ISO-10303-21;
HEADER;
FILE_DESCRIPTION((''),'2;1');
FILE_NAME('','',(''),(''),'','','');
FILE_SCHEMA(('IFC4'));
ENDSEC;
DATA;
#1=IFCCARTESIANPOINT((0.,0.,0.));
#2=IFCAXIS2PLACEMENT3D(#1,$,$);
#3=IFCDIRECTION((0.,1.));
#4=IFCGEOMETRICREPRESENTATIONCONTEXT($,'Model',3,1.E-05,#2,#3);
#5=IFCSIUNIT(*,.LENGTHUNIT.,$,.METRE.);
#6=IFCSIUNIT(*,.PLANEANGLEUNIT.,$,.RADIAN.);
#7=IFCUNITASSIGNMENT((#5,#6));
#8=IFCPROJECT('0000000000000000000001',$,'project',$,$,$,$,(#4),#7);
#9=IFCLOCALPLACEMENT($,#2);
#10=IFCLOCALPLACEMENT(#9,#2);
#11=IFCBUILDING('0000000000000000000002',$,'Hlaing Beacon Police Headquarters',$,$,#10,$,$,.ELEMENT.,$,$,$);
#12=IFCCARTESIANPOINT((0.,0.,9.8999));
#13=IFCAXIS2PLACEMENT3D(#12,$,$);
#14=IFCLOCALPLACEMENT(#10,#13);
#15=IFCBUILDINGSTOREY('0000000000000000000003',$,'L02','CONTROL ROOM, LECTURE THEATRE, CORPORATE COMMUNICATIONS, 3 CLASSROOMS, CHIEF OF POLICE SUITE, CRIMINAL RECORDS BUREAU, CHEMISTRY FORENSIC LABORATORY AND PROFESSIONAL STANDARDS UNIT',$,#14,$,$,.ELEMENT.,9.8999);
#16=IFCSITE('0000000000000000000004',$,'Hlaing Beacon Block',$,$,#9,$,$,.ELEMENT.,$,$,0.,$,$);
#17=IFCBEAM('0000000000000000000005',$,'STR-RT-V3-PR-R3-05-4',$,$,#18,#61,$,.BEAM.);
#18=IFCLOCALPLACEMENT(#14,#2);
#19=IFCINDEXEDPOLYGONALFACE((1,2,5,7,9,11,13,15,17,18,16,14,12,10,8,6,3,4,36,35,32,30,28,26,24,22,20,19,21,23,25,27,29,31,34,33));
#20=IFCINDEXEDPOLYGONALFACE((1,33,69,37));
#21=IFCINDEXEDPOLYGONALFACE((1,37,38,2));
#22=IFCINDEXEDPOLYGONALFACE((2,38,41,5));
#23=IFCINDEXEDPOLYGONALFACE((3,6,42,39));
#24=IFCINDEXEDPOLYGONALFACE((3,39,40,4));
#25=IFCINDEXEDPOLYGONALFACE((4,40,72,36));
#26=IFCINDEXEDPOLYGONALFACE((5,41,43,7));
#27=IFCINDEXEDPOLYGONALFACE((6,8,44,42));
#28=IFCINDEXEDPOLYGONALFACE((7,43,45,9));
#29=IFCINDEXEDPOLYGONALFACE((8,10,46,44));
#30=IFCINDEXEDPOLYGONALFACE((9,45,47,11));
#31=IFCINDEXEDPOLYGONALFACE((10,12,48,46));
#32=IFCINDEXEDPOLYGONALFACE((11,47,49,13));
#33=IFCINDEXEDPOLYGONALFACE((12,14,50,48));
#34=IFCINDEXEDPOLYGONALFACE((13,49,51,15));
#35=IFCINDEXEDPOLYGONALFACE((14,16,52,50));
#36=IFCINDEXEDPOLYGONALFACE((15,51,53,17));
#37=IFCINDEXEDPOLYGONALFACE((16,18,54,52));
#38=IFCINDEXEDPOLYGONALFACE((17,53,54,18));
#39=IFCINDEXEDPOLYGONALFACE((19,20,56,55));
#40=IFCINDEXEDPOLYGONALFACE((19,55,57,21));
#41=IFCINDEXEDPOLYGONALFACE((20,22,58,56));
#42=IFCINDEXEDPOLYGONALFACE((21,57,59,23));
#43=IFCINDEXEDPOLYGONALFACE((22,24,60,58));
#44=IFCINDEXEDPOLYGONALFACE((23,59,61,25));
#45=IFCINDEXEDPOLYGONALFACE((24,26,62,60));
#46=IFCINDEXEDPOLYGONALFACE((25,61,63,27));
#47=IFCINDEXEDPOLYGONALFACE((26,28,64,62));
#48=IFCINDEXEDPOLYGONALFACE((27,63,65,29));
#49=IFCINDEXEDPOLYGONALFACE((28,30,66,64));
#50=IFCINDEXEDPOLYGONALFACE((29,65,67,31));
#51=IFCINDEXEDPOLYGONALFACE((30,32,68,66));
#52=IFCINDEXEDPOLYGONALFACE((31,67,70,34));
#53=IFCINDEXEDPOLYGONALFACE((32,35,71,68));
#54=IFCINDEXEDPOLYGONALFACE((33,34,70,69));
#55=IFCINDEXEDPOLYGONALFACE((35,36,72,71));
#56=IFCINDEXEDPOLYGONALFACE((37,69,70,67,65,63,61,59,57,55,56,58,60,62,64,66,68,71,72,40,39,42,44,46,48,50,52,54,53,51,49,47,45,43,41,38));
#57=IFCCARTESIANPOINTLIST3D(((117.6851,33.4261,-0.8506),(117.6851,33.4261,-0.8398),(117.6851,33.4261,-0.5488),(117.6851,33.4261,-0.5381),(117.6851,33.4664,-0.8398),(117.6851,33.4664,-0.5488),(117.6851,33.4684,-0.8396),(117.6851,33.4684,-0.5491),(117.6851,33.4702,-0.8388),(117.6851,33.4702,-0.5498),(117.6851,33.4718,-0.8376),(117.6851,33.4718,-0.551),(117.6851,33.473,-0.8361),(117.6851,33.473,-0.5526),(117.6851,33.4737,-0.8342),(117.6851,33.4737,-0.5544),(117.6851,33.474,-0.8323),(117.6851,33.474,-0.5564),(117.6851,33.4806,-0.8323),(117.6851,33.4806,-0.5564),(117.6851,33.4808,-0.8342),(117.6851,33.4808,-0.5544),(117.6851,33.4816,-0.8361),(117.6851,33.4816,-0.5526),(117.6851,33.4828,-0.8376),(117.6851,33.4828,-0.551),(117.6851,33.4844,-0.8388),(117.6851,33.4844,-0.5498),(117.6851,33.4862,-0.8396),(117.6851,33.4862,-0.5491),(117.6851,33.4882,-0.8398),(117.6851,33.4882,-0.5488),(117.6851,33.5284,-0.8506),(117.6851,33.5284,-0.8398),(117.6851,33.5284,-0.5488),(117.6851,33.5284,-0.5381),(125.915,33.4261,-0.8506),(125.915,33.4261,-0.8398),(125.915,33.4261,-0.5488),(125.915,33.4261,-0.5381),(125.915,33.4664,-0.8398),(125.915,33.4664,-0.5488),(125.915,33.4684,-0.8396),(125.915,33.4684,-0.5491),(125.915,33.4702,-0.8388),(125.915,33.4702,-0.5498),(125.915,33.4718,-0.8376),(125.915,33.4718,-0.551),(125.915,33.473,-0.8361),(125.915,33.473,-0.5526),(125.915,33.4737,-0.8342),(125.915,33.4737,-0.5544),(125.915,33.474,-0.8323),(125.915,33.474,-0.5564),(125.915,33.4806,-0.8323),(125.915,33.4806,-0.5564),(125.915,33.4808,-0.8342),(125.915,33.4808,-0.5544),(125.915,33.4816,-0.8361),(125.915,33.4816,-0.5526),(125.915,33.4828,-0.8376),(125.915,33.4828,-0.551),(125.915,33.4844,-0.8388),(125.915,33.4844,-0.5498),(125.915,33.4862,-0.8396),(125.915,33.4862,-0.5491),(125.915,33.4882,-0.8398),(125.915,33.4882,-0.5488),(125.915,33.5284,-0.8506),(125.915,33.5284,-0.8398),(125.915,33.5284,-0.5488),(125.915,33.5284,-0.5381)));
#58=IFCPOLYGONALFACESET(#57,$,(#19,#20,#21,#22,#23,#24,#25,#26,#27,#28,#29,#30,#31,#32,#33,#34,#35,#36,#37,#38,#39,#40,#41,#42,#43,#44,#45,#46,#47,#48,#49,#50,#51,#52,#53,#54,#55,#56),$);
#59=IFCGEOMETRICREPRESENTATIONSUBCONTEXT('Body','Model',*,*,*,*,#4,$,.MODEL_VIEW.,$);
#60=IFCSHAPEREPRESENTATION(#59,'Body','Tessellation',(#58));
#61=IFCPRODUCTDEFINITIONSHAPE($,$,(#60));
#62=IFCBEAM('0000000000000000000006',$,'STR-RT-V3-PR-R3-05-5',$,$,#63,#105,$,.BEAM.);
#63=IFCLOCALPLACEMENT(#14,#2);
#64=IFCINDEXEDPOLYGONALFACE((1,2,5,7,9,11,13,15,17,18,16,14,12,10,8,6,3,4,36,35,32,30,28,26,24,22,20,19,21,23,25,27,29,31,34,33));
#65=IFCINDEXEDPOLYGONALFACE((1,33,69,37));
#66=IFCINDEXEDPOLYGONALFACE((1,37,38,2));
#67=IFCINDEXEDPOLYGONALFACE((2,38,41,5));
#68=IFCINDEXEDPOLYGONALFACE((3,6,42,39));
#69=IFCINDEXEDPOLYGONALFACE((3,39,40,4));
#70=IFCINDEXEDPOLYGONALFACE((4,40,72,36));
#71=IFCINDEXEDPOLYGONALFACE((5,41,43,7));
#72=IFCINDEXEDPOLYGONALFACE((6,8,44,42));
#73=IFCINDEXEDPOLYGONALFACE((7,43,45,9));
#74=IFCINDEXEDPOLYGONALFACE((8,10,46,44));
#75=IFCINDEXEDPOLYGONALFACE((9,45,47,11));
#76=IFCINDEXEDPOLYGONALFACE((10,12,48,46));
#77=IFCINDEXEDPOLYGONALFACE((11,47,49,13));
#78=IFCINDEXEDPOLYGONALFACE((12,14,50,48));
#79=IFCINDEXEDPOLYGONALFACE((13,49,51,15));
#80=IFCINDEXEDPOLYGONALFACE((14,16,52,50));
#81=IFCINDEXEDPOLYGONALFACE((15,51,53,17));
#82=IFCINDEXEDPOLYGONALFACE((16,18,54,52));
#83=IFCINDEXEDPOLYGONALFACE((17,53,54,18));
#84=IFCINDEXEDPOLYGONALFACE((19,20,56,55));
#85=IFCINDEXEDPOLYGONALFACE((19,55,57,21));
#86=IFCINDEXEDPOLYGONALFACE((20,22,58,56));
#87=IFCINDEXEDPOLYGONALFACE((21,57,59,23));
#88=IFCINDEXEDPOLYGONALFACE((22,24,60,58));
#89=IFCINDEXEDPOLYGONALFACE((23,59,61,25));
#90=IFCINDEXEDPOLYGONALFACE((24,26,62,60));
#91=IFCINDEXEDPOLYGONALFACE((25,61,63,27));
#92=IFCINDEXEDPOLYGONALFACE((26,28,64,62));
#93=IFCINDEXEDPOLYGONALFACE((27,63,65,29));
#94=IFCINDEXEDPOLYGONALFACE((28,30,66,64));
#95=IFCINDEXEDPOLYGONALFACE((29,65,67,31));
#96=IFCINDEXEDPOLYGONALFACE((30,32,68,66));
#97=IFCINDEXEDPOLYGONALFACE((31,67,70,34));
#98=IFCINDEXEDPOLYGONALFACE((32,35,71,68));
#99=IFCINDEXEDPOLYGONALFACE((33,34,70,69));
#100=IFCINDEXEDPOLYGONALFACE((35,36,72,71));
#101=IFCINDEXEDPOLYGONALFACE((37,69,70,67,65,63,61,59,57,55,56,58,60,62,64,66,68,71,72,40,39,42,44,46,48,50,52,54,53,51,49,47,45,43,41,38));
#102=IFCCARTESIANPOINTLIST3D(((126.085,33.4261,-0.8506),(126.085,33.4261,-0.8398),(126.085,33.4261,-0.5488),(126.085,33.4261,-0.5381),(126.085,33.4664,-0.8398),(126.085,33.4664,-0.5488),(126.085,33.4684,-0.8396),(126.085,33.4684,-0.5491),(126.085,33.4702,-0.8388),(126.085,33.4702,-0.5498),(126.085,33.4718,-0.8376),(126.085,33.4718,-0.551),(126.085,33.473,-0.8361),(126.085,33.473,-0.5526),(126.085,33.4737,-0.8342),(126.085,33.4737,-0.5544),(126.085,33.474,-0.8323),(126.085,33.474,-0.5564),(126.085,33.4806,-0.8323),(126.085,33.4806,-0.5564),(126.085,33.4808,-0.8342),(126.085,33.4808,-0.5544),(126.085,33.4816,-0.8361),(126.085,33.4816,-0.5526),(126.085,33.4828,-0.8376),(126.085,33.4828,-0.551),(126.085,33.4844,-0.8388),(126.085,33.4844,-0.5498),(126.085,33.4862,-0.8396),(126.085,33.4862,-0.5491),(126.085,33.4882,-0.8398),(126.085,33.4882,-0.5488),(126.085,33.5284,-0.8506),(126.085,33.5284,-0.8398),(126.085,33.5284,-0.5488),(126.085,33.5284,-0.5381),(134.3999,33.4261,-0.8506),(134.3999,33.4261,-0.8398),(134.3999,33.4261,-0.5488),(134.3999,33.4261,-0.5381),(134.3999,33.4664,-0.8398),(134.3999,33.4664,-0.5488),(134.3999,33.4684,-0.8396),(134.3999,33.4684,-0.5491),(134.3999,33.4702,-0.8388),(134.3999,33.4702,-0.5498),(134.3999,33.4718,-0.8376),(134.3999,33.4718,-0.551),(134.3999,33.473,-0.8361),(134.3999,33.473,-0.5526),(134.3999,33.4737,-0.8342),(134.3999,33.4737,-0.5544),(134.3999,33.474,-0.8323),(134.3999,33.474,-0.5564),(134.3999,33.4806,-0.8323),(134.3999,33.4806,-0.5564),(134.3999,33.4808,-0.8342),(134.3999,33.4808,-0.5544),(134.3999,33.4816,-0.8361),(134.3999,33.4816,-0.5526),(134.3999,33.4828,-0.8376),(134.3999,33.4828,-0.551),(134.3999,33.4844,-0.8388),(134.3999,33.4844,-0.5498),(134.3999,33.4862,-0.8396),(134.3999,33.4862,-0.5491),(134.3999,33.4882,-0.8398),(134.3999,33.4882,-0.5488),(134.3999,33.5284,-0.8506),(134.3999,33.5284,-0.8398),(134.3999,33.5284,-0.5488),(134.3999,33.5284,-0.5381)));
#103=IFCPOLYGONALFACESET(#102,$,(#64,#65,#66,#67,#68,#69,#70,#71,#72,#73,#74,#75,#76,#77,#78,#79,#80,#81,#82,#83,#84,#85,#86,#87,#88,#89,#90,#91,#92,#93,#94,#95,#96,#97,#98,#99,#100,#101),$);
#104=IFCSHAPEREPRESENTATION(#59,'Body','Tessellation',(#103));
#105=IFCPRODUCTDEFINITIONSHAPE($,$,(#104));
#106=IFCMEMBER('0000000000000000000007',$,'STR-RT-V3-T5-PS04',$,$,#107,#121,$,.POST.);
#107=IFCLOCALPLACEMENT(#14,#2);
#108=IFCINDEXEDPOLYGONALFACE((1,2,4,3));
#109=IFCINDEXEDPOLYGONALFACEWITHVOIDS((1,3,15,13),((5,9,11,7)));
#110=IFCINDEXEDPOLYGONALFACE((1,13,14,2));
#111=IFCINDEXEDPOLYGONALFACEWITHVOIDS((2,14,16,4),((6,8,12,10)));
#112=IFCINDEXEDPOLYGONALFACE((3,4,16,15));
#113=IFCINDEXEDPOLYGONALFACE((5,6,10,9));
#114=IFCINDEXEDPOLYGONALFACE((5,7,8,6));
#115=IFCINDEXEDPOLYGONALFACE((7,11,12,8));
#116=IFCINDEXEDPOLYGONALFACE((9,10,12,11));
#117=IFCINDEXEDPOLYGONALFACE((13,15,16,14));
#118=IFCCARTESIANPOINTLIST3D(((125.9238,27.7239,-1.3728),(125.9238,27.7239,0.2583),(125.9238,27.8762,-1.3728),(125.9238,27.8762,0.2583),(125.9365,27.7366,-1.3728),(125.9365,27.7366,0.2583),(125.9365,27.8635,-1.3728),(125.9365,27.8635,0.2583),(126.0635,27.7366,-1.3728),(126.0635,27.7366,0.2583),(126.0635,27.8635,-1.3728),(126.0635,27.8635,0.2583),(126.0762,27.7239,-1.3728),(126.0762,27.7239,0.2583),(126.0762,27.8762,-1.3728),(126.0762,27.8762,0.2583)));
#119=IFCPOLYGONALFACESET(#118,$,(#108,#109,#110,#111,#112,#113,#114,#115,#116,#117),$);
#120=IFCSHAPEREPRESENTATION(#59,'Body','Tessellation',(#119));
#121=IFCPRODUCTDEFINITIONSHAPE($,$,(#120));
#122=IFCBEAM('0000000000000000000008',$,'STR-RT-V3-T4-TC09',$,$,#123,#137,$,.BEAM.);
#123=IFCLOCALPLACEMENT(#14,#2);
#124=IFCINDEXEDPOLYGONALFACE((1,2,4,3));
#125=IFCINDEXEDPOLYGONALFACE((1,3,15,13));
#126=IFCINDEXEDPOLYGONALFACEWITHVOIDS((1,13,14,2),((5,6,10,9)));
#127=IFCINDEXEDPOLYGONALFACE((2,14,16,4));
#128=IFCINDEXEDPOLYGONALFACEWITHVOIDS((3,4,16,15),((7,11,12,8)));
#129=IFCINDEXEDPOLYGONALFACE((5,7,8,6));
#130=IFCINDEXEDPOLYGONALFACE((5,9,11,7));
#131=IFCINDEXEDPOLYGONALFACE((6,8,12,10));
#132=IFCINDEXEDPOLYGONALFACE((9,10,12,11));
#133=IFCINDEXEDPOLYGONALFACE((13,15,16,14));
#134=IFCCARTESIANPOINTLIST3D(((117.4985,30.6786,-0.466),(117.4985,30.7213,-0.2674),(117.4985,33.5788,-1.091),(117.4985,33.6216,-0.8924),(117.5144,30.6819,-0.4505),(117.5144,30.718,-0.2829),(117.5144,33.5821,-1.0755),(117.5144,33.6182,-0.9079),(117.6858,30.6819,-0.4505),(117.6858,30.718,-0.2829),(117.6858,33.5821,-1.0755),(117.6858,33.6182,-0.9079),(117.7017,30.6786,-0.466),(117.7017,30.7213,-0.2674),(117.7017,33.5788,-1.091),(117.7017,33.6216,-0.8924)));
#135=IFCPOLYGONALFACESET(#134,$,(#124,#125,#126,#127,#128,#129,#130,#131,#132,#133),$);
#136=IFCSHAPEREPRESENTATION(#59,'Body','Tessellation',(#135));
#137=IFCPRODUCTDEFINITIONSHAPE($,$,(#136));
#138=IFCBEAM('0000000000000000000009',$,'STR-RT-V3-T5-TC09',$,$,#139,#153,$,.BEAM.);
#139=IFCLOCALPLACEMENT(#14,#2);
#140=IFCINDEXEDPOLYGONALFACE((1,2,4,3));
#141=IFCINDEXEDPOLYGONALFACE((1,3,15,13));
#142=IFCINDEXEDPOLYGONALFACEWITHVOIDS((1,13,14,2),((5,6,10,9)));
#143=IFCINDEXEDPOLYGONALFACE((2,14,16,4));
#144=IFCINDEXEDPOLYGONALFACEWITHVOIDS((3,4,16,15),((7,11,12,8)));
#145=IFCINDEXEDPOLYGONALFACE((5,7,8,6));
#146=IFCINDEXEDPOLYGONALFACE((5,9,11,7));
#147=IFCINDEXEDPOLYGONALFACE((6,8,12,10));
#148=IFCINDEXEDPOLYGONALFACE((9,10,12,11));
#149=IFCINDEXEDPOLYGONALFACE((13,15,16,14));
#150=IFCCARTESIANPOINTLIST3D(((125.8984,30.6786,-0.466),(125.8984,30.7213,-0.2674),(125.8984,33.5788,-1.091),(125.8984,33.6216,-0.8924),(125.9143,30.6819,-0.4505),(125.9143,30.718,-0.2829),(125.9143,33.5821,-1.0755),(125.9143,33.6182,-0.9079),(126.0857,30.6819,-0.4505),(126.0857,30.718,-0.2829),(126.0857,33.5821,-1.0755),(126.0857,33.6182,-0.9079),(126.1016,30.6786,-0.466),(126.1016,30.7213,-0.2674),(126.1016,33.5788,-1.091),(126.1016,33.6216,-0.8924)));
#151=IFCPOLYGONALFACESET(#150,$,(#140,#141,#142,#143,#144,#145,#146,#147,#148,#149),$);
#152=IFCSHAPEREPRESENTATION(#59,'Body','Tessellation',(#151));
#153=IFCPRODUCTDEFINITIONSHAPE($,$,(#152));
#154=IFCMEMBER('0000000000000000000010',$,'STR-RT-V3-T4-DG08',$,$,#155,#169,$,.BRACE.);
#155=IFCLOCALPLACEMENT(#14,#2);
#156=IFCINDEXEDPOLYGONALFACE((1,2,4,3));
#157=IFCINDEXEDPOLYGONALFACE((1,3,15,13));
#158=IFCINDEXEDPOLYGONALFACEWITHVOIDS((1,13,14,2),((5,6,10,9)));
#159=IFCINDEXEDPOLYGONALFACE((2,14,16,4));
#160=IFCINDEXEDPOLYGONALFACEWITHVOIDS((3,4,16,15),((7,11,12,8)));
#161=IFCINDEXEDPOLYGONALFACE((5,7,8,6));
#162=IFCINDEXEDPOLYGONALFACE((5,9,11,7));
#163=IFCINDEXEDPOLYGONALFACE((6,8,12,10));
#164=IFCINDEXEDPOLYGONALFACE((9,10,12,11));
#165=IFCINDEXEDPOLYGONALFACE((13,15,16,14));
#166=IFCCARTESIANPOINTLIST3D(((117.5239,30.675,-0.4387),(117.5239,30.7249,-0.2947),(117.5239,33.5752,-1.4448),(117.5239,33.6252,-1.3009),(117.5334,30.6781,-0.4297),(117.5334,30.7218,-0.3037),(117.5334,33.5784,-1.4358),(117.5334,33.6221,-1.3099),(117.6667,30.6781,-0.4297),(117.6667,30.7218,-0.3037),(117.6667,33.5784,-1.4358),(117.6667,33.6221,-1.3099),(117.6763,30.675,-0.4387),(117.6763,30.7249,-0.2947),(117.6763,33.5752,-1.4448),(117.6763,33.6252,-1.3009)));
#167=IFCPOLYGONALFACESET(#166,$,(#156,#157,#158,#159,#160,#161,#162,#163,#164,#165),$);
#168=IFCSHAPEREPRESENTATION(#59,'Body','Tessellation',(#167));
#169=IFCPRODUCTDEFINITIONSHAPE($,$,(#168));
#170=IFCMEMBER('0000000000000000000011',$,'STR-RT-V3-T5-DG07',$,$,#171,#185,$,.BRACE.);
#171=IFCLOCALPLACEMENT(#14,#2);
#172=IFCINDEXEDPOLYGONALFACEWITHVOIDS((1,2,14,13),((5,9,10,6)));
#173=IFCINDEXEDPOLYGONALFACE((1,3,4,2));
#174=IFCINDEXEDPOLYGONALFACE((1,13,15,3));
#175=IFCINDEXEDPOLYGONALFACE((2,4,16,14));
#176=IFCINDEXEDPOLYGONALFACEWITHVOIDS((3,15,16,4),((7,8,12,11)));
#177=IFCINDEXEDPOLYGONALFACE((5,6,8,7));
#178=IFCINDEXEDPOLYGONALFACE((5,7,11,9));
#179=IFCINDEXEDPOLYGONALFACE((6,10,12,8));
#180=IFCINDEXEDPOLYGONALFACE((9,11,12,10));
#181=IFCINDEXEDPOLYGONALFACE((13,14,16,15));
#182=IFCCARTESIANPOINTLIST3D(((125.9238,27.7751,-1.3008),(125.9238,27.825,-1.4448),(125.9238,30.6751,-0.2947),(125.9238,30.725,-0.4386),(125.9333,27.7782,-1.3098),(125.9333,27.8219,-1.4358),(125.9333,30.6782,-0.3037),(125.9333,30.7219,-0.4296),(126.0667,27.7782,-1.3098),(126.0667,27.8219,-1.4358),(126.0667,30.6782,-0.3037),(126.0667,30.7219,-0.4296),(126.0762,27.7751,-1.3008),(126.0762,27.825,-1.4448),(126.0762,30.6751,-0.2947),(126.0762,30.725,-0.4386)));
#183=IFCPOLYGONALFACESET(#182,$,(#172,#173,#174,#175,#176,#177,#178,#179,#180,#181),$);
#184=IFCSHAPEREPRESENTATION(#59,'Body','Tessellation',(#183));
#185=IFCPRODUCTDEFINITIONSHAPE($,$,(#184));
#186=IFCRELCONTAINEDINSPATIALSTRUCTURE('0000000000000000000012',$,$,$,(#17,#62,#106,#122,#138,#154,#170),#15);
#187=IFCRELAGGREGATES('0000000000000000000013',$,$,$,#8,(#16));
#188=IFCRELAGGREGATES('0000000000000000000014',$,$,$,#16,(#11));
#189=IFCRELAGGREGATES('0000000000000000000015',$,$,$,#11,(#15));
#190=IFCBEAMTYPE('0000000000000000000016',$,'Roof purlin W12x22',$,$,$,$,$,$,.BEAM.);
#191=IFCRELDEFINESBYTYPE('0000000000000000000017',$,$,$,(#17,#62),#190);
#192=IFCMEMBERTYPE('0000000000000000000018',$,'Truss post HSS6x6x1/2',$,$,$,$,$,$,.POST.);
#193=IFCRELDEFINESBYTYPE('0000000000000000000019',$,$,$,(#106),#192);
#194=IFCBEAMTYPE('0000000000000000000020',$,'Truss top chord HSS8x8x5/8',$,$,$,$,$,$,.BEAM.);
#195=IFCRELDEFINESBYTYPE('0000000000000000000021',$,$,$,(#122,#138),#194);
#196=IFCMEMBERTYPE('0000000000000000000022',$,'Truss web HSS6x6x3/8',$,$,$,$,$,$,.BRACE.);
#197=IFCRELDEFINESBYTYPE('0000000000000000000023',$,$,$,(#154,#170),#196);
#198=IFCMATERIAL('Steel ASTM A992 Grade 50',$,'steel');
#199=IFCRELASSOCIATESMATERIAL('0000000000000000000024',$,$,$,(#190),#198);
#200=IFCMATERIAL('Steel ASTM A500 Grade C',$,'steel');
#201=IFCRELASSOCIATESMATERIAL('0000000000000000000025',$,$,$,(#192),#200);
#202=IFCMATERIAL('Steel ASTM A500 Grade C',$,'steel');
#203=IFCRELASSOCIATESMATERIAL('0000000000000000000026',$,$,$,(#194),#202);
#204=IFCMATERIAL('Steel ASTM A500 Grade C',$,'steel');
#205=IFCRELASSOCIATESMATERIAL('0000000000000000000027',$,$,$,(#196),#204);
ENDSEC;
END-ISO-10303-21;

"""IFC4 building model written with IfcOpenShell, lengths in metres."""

from ifc_helpers import new_model, si_unit, direction, frame, origin, origin_2d, place, context, subcontext, project, spatial, hollow_rectangle, i_section, extrude, material, material_profile, profile_set, type_object, element, save


model = new_model("IFC4")

# Units and contexts
model_context = context("Model", 3, precision=1e-05, world=origin(), true_north=direction((0.0, 1.0)))
body_context = subcontext(model_context, "Body", "Model", "MODEL_VIEW")
ifc_project = project(units=[si_unit("LENGTHUNIT", "METRE"), si_unit("PLANEANGLEUNIT", "RADIAN")], contexts=[model_context])

# Site, building, storey
site_placement = place(None, origin())
site = spatial("IfcSite", under=ifc_project, at=site_placement, Name="Hlaing Beacon Block", CompositionType="ELEMENT", RefElevation=0.0)
building_placement = place(site_placement, origin())
building = spatial("IfcBuilding", under=site, at=building_placement, Name="Hlaing Beacon Police Headquarters", CompositionType="ELEMENT")
storey_placement = place(building_placement, frame((0.0, 0.0, 9.8999)))
storey = spatial("IfcBuildingStorey", under=building, at=storey_placement, Name="L02", Description="CONTROL ROOM, LECTURE THEATRE, CORPORATE COMMUNICATIONS, 3 CLASSROOMS, CHIEF OF POLICE SUITE, CRIMINAL RECORDS BUREAU, CHEMISTRY FORENSIC LABORATORY AND PROFESSIONAL STANDARDS UNIT", CompositionType="ELEMENT", Elevation=9.8999)

# Beams
ifc_material_1 = material(Name="Steel ASTM A992 Grade 50", Category="steel")
ifc_material_profile_1 = material_profile(ifc_material_1, i_section(OverallWidth=0.1023, OverallDepth=0.3125, WebThickness=0.0066, FlangeThickness=0.0107, FilletRadius=0.0076, at=origin_2d()), Name="W12x22")
ifc_profile_set_1 = profile_set([ifc_material_profile_1], Name="Steel ASTM A992 Grade 50")
beam_type_1 = type_object("IfcBeamType", Name="Roof purlin W12x22", PredefinedType="BEAM", material=ifc_profile_set_1)
beam_1_placement = place(storey_placement, frame((117.6851, 33.4773, -0.6943), z_axis=(1.0, 0.0, 0.0), x_axis=(0.0, 1.0, 0.0)))
element("IfcBeam", 1, at=beam_1_placement, inside=storey, type_object=beam_type_1, Name="STR-RT-V3-PR-R3-05-4", PredefinedType="BEAM", context=body_context, shape_type="SweptSolid", body=[
    extrude(i_section(OverallWidth=0.1023, OverallDepth=0.3125, WebThickness=0.0066, FlangeThickness=0.0107, FilletRadius=0.0076, at=origin_2d()), origin(), (0.0, 0.0, 1.0), 8.23),
])
beam_2_placement = place(storey_placement, frame((126.085, 33.4773, -0.6943), z_axis=(1.0, 0.0, 0.0), x_axis=(0.0, 1.0, 0.0)))
element("IfcBeam", 2, at=beam_2_placement, inside=storey, type_object=beam_type_1, Name="STR-RT-V3-PR-R3-05-5", PredefinedType="BEAM", context=body_context, shape_type="SweptSolid", body=[
    extrude(i_section(OverallWidth=0.1023, OverallDepth=0.3125, WebThickness=0.0066, FlangeThickness=0.0107, FilletRadius=0.0076, at=origin_2d()), origin(), (0.0, 0.0, 1.0), 8.3149),
])

# Member
ifc_material_2 = material(Name="Steel ASTM A500 Grade C", Category="steel")
ifc_material_profile_2 = material_profile(ifc_material_2, hollow_rectangle(XDim=0.1523, YDim=0.1523, WallThickness=0.0127, at=origin_2d()), Name="HSS6x6x1/2")
ifc_profile_set_2 = profile_set([ifc_material_profile_2], Name="Steel ASTM A500 Grade C")
member_type_1 = type_object("IfcMemberType", Name="Truss post HSS6x6x1/2", PredefinedType="POST", material=ifc_profile_set_2)
member_1_placement = place(storey_placement, frame((126.0, 27.8, -1.3728), z_axis=(0.0, 0.0, 1.0), x_axis=(1.0, 0.0, 0.0)))
element("IfcMember", 3, at=member_1_placement, inside=storey, type_object=member_type_1, Name="STR-RT-V3-T5-PS04", PredefinedType="POST", context=body_context, shape_type="SweptSolid", body=[
    extrude(hollow_rectangle(XDim=0.1523, YDim=0.1523, WallThickness=0.0127, at=origin_2d()), origin(), (0.0, 0.0, 1.0), 1.6311),
])

# Beams
ifc_material_3 = material(Name="Steel ASTM A500 Grade C", Category="steel")
ifc_material_profile_3 = material_profile(ifc_material_3, hollow_rectangle(XDim=0.2031, YDim=0.2031, WallThickness=0.0159, at=origin_2d()), Name="HSS8x8x5/8")
ifc_profile_set_3 = profile_set([ifc_material_profile_3], Name="Steel ASTM A500 Grade C")
beam_type_2 = type_object("IfcBeamType", Name="Truss top chord HSS8x8x5/8", PredefinedType="BEAM", material=ifc_profile_set_3)
for number, where, z_axis, x_axis, name in (
    (4, (117.6001, 30.7, -0.3667), (0.0, 0.977557, -0.21067), (-1.0, 0.0, 0.0), "STR-RT-V3-T4-TC09"),
    (5, (126.0, 30.7, -0.3667), (0.0, 0.977557, -0.21067), (-1.0, 0.0, 0.0), "STR-RT-V3-T5-TC09"),
):
    element("IfcBeam", number, at=place(storey_placement, frame(where, z_axis=z_axis, x_axis=x_axis)), inside=storey, type_object=beam_type_2, Name=name, PredefinedType="BEAM", context=body_context, shape_type="SweptSolid", body=[
        extrude(hollow_rectangle(XDim=0.2031, YDim=0.2031, WallThickness=0.0159, at=origin_2d()), origin(), (0.0, 0.0, 1.0), 2.9668),
    ])

# Members
ifc_material_4 = material(Name="Steel ASTM A500 Grade C", Category="steel")
ifc_material_profile_4 = material_profile(ifc_material_4, hollow_rectangle(XDim=0.1523, YDim=0.1523, WallThickness=0.0095, at=origin_2d()), Name="HSS6x6x3/8")
ifc_profile_set_4 = profile_set([ifc_material_profile_4], Name="Steel ASTM A500 Grade C")
member_type_2 = type_object("IfcMemberType", Name="Truss web HSS6x6x3/8", PredefinedType="BRACE", material=ifc_profile_set_4)
member_2_placement = place(storey_placement, frame((117.6001, 30.7, -0.3667), z_axis=(0.0, 0.944764, -0.327752), x_axis=(-1.0, 0.0, 0.0)))
element("IfcMember", 6, at=member_2_placement, inside=storey, type_object=member_type_2, Name="STR-RT-V3-T4-DG08", PredefinedType="BRACE", context=body_context, shape_type="SweptSolid", body=[
    extrude(hollow_rectangle(XDim=0.1523, YDim=0.1523, WallThickness=0.0095, at=origin_2d()), origin(), (0.0, 0.0, 1.0), 3.0698),
])
member_3_placement = place(storey_placement, frame((126.0, 27.8, -1.3728), z_axis=(0.0, 0.944755, 0.327777), x_axis=(-1.0, 0.0, 0.0)))
element("IfcMember", 7, at=member_3_placement, inside=storey, type_object=member_type_2, Name="STR-RT-V3-T5-DG07", PredefinedType="BRACE", context=body_context, shape_type="SweptSolid", body=[
    extrude(hollow_rectangle(XDim=0.1523, YDim=0.1523, WallThickness=0.0095, at=origin_2d()), origin(), (0.0, 0.0, 1.0), 3.0696),
])

save(model, "model.ifc")
